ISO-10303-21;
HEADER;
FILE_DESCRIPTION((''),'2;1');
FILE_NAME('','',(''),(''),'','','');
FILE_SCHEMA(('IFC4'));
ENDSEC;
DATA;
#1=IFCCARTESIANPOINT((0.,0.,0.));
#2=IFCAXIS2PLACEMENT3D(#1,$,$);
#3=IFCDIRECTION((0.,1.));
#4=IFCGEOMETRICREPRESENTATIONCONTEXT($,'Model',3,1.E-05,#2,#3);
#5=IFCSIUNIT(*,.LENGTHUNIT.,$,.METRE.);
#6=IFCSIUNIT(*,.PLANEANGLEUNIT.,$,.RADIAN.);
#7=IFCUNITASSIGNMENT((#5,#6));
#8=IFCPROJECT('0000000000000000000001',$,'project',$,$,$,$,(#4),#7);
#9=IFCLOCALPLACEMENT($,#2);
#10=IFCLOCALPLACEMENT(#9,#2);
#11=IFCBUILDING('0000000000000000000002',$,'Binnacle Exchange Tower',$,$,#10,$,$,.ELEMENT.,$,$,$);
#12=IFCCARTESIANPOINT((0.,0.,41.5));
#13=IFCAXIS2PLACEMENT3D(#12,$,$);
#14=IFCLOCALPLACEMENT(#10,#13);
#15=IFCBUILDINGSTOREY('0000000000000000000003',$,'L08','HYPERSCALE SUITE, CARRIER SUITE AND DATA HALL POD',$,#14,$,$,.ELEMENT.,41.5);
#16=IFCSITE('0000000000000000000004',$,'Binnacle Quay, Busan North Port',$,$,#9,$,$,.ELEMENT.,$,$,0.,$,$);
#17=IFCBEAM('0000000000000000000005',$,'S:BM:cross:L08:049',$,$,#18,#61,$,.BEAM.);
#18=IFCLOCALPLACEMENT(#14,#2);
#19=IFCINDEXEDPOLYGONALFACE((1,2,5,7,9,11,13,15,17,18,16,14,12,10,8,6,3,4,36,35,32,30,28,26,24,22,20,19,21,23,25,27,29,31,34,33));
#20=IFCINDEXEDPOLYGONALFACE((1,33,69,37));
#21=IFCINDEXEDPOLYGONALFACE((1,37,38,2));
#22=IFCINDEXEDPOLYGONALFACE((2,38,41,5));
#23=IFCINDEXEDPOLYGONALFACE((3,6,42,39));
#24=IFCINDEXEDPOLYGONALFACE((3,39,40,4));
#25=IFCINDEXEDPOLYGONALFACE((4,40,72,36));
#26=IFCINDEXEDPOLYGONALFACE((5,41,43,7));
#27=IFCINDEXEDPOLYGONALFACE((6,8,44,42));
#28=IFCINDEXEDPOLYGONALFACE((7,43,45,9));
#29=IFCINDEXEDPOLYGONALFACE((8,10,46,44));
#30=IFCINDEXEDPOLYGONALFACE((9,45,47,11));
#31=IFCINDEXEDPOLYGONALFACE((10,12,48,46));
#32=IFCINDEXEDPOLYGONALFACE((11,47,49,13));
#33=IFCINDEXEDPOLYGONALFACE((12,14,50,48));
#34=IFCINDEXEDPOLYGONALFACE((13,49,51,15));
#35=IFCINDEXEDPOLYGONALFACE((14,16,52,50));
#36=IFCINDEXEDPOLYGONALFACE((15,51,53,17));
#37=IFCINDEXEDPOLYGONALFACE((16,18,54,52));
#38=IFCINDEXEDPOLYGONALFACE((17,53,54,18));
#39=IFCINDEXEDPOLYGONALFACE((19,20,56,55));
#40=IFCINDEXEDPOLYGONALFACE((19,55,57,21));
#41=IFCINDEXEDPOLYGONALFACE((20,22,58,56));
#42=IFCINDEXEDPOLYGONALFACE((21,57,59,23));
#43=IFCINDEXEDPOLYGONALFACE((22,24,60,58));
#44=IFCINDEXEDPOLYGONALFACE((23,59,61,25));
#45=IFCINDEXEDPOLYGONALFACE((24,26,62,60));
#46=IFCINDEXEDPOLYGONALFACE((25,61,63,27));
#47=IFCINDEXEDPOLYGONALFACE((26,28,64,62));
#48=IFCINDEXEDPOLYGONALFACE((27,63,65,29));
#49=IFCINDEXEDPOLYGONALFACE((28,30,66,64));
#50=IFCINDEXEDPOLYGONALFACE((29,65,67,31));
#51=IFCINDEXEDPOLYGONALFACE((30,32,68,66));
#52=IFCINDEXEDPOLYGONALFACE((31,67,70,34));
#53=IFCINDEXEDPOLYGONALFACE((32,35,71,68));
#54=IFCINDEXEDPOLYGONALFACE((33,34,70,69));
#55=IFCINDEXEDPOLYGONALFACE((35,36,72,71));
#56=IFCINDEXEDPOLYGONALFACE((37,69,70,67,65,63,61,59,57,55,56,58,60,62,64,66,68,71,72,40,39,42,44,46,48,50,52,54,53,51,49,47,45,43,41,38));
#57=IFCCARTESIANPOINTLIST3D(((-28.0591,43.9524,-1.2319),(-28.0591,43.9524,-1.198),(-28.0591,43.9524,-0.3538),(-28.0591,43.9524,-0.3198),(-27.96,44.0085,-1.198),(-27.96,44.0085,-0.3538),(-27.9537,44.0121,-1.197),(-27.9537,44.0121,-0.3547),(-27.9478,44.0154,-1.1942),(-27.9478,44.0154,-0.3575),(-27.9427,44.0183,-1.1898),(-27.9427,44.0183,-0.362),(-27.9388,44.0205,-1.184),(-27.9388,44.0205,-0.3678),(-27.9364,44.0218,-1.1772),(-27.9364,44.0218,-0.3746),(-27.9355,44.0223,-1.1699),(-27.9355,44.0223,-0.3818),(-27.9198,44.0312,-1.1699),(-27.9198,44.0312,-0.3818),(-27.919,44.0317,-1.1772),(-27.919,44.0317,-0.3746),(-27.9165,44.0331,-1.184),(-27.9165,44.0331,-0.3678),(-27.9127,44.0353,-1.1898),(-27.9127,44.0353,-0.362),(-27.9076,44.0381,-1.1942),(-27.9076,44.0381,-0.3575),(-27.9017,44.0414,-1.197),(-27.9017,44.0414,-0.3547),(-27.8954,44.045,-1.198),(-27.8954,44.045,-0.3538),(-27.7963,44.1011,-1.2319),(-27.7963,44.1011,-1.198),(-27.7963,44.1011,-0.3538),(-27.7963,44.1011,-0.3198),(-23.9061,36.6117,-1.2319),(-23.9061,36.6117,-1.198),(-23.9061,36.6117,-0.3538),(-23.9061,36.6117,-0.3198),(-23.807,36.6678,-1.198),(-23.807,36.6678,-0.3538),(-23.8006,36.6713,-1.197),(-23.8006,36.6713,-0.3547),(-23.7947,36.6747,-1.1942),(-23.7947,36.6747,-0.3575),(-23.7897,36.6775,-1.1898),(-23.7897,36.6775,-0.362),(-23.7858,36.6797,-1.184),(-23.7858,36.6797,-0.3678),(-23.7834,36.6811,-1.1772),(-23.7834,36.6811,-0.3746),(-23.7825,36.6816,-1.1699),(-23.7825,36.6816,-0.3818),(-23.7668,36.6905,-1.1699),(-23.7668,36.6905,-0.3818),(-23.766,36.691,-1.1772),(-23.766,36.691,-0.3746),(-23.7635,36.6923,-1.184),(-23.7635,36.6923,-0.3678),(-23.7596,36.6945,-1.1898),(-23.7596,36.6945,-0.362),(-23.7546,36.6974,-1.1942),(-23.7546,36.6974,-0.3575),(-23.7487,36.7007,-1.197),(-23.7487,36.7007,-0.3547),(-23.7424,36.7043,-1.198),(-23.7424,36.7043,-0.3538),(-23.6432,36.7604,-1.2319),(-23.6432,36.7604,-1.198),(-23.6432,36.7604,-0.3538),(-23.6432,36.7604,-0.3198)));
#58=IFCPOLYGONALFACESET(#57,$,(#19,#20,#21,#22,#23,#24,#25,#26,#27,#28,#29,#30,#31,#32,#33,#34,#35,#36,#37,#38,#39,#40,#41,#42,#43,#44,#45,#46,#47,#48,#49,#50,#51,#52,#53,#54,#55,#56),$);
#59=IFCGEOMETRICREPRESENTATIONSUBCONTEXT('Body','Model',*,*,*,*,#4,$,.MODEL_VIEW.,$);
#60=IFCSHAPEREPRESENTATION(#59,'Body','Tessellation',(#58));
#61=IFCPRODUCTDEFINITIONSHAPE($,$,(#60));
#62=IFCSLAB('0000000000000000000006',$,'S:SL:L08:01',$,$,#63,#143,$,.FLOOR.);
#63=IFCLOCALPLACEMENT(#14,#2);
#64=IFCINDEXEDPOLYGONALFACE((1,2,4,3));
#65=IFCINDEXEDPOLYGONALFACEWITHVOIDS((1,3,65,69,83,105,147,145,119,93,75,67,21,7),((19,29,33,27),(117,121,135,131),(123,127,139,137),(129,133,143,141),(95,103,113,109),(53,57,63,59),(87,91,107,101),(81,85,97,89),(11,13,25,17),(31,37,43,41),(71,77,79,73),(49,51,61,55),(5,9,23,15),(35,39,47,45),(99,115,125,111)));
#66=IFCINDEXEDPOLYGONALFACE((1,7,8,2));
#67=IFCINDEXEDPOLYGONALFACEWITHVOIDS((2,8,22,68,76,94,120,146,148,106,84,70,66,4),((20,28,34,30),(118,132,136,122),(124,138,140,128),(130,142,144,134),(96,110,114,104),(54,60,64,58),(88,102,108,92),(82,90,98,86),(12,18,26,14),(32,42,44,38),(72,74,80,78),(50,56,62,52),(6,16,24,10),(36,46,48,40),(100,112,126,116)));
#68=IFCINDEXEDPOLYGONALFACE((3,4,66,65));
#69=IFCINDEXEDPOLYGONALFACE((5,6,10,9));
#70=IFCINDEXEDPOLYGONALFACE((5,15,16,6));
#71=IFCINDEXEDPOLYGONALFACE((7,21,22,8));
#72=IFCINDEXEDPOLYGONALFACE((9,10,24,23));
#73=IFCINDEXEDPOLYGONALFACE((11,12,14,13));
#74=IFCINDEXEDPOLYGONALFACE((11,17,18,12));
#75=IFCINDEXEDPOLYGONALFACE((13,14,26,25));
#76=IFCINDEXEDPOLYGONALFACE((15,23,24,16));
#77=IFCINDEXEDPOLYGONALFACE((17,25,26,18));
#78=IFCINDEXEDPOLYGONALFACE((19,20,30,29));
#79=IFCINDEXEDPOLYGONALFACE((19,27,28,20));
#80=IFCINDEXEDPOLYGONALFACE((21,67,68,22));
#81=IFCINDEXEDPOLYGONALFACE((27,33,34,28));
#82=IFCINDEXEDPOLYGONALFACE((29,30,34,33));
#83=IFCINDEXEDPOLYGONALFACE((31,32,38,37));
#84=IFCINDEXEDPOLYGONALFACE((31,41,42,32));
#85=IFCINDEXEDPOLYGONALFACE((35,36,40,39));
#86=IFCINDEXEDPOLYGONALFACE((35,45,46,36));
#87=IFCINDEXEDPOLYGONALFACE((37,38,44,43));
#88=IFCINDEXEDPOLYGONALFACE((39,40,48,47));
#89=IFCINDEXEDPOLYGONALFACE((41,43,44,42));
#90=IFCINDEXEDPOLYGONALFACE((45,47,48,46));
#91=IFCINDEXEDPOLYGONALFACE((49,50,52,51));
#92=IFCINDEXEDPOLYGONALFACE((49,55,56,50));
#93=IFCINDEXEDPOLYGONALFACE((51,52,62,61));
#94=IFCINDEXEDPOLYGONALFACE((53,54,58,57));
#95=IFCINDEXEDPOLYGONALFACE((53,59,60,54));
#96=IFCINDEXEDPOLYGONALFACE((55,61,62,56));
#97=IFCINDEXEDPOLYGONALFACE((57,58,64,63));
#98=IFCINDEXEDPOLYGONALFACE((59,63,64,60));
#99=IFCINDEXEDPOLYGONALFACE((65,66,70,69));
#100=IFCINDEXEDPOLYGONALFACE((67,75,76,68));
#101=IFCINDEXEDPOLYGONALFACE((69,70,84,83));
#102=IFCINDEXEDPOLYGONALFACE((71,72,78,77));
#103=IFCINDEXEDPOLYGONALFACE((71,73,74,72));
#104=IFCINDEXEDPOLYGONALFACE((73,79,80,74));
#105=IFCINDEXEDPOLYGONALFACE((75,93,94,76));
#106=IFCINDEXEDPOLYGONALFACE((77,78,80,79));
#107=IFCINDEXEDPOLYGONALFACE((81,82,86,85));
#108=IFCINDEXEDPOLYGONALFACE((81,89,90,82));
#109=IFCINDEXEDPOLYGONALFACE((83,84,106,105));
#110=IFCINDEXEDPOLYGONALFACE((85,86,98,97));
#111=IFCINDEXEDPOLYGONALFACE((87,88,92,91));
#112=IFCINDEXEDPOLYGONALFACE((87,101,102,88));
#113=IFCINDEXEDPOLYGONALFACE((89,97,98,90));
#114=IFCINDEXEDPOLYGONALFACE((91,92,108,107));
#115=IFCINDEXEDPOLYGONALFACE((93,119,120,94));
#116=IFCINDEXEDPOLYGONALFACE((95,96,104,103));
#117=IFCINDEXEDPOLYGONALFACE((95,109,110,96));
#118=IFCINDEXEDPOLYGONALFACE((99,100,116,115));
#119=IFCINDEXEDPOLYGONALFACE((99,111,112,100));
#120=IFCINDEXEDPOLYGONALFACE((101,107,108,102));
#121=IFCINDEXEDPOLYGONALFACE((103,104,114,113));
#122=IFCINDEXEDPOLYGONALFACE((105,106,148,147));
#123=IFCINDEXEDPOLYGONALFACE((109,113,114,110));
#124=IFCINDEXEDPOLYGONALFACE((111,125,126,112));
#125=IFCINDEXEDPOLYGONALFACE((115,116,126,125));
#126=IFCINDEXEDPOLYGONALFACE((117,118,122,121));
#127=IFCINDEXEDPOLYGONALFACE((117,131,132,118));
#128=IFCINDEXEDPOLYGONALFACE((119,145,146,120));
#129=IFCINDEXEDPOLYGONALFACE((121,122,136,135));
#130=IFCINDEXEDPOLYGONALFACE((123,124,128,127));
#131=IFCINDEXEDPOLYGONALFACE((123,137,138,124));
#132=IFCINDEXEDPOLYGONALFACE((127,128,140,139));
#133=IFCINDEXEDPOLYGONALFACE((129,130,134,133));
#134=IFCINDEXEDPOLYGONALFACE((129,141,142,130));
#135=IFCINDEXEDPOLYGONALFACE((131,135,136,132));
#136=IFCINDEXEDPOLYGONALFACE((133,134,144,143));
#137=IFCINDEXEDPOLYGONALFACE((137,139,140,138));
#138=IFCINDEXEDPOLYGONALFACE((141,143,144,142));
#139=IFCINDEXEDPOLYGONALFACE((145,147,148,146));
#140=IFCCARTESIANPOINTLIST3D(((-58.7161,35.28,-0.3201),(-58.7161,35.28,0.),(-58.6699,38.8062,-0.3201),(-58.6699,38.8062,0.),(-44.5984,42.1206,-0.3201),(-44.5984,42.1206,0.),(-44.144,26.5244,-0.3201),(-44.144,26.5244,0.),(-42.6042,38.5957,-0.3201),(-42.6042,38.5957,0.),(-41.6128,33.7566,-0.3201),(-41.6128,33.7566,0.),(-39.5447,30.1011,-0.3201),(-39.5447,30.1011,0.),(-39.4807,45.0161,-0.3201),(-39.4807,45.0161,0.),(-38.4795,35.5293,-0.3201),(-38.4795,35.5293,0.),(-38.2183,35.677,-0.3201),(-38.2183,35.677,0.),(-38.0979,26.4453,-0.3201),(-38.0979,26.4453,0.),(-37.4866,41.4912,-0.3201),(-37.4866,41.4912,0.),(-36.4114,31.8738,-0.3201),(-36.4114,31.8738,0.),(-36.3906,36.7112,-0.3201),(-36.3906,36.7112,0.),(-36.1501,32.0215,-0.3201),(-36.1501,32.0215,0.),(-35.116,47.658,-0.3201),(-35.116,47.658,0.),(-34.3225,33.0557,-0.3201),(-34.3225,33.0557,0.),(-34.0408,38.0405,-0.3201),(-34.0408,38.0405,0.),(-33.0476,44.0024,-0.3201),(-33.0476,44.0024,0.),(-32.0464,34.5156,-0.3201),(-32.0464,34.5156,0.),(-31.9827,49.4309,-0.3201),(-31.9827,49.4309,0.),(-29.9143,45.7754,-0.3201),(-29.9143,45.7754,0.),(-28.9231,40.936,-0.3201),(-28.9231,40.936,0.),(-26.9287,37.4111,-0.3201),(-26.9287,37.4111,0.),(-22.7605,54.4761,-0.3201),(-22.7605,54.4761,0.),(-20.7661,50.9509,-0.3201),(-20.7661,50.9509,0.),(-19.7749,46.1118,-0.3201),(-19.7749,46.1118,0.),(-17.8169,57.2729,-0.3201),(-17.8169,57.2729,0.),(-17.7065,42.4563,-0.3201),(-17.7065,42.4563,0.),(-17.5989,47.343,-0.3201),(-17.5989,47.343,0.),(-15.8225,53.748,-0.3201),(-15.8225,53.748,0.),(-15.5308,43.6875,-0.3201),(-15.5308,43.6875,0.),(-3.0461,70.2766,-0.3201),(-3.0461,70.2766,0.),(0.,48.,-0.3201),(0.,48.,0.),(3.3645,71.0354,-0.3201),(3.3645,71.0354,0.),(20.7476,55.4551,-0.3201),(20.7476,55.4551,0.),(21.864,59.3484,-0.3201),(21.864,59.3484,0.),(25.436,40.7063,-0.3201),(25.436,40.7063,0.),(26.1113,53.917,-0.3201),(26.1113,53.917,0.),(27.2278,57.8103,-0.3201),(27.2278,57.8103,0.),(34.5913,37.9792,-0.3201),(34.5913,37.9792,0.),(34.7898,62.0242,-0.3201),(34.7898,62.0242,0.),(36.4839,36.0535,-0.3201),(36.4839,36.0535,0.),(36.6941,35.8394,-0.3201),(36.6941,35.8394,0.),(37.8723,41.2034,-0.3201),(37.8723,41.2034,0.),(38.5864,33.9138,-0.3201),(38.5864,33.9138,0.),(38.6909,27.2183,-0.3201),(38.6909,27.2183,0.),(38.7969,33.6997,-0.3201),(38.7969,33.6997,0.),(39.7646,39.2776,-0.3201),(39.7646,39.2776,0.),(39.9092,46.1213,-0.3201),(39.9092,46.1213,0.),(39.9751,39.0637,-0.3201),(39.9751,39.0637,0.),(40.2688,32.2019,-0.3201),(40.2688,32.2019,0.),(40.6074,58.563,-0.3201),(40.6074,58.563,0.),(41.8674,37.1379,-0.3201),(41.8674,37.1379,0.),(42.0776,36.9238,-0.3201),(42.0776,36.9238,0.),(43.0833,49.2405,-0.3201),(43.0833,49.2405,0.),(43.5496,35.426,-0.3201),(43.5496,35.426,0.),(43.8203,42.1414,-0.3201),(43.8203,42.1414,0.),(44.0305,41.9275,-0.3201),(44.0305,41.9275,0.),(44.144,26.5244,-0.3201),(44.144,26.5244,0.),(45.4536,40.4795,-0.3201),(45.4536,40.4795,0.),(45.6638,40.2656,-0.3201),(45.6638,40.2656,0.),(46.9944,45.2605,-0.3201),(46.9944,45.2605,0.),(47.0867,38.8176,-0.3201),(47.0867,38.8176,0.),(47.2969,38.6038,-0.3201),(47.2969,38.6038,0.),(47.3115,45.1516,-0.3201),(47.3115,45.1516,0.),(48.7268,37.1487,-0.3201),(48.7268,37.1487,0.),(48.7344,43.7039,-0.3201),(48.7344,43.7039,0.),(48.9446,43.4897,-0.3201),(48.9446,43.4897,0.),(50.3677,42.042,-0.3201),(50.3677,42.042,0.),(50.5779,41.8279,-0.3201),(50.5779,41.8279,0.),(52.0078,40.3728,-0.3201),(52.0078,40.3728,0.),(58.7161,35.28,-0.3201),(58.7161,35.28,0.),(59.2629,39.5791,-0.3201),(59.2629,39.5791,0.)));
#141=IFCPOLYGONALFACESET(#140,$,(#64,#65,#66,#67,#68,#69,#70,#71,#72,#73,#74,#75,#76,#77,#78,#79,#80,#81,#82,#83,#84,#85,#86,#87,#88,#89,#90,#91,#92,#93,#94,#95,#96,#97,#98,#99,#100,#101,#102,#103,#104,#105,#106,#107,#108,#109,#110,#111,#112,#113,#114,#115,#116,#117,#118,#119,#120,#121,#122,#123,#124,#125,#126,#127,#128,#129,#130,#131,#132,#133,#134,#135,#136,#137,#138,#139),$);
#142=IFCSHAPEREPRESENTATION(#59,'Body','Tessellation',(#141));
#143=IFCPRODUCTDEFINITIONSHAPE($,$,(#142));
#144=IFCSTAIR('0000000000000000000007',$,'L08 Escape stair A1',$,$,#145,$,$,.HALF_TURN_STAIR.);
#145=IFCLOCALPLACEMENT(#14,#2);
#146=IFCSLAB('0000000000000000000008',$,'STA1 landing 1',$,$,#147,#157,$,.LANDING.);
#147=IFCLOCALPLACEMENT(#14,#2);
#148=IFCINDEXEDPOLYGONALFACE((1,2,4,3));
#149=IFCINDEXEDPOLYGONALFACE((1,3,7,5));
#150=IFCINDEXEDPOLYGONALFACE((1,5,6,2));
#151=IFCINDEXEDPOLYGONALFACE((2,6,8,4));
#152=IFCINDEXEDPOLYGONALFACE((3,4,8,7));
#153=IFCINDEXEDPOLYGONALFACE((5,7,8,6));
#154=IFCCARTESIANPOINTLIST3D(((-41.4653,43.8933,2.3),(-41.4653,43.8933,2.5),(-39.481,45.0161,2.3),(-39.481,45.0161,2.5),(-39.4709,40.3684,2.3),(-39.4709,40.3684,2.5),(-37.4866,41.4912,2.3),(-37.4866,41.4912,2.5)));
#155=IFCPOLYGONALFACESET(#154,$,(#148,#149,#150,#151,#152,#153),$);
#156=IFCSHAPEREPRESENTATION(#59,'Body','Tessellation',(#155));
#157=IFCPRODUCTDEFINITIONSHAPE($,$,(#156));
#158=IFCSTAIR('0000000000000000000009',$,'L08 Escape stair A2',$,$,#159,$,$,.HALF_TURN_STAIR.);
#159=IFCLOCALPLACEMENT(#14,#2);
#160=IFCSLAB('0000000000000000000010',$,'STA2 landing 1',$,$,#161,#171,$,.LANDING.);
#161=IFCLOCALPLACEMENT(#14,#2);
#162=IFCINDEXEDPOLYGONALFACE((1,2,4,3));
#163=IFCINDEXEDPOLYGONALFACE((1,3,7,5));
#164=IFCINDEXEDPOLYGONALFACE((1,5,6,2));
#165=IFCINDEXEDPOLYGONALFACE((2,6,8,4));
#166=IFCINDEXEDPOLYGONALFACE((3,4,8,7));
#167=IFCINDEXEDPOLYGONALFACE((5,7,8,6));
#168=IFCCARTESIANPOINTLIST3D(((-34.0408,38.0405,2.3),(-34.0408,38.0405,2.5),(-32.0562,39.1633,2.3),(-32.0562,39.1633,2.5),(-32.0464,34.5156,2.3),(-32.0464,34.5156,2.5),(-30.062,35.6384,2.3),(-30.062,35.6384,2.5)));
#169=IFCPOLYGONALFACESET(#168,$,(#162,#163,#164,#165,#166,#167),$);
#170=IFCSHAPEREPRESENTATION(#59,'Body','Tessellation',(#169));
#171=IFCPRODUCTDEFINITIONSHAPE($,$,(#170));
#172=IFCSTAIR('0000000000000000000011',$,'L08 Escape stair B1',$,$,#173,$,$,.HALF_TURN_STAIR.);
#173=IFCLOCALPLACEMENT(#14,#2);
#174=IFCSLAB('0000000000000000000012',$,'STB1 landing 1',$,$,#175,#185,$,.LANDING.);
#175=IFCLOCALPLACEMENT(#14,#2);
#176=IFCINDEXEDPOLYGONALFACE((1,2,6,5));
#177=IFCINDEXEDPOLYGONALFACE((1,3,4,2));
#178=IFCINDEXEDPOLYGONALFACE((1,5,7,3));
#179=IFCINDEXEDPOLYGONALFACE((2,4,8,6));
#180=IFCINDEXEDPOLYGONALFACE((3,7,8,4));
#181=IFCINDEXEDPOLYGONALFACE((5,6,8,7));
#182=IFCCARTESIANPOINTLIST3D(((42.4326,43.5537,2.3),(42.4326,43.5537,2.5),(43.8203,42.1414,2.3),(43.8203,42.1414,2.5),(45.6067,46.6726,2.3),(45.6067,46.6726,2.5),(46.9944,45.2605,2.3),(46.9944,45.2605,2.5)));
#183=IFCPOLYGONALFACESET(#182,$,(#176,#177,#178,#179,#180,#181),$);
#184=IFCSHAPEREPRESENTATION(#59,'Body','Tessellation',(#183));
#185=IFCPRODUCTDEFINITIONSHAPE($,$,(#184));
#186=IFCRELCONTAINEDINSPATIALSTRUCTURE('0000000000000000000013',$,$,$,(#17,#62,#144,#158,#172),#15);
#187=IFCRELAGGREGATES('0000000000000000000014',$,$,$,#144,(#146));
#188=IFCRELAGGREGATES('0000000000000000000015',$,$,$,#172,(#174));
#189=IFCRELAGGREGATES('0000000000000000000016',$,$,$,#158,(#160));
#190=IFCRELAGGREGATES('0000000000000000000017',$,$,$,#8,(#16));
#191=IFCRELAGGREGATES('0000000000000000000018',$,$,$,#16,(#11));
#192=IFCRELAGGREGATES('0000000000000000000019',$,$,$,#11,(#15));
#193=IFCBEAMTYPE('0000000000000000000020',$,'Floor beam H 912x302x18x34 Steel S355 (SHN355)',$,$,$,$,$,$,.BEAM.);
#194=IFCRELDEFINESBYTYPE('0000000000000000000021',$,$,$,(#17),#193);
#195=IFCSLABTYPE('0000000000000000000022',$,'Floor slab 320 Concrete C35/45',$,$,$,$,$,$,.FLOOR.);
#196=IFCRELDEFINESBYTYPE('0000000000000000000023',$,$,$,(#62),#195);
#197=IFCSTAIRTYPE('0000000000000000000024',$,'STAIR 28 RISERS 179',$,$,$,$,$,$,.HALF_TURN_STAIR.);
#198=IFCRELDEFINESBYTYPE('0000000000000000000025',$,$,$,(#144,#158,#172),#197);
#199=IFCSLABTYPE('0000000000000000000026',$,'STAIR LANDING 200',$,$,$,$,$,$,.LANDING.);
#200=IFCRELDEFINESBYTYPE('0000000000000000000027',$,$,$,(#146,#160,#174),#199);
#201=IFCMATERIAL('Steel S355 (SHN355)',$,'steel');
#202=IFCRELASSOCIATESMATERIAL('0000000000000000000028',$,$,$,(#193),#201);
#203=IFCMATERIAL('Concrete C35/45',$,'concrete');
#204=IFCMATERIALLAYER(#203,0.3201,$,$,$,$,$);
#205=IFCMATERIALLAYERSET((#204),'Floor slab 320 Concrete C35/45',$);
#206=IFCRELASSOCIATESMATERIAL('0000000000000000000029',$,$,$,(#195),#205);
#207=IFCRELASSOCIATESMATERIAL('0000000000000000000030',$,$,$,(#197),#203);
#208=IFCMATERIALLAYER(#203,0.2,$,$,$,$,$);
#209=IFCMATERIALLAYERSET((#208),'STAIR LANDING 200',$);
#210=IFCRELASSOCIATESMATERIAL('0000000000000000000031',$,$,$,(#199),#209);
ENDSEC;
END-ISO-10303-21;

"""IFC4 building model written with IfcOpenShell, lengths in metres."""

from ifc_helpers import new_model, si_unit, direction, frame, origin, origin_2d, place, context, subcontext, project, spatial, polyline, i_section, outline, extrude, material, layer, layer_set, material_profile, profile_set, type_object, element, aggregate, save


model = new_model("IFC4")

# Units and contexts
model_context = context("Model", 3, precision=1e-05, world=origin(), true_north=direction((0.0, 1.0)))
body_context = subcontext(model_context, "Body", "Model", "MODEL_VIEW")
ifc_project = project(units=[si_unit("LENGTHUNIT", "METRE"), si_unit("PLANEANGLEUNIT", "RADIAN")], contexts=[model_context])

# Site, building, storey
site_placement = place(None, origin())
site = spatial("IfcSite", under=ifc_project, at=site_placement, Name="Binnacle Quay, Busan North Port", CompositionType="ELEMENT", RefElevation=0.0)
building_placement = place(site_placement, origin())
building = spatial("IfcBuilding", under=site, at=building_placement, Name="Binnacle Exchange Tower", CompositionType="ELEMENT")
storey_placement = place(building_placement, frame((0.0, 0.0, 41.5)))
storey = spatial("IfcBuildingStorey", under=building, at=storey_placement, Name="L08", Description="HYPERSCALE SUITE, CARRIER SUITE AND DATA HALL POD", CompositionType="ELEMENT", Elevation=41.5)

# Beam
ifc_material_1 = material(Name="Steel S355 (SHN355)", Category="steel")
ifc_material_profile_1 = material_profile(ifc_material_1, i_section(OverallWidth=0.302, OverallDepth=0.9121, WebThickness=0.0181, FlangeThickness=0.0339, FilletRadius=0.0281, at=origin_2d()), Name="H 912x302x18x34")
ifc_profile_set_1 = profile_set([ifc_material_profile_1], Name="Steel S355 (SHN355)")
beam_type_1 = type_object("IfcBeamType", Name="Floor beam H 912x302x18x34 Steel S355 (SHN355)", PredefinedType="BEAM", material=ifc_profile_set_1)
beam_1_placement = place(storey_placement, frame((-23.7747, 36.686, -0.7759), z_axis=(-0.492409, 0.870364, 0.0), x_axis=(-0.870364, -0.492409, 0.0)))
element("IfcBeam", 1, at=beam_1_placement, inside=storey, type_object=beam_type_1, Name="S:BM:cross:L08:049", PredefinedType="BEAM", context=body_context, shape_type="SweptSolid", body=[
    extrude(i_section(OverallWidth=0.302, OverallDepth=0.9121, WebThickness=0.0181, FlangeThickness=0.0339, FilletRadius=0.0281, at=origin_2d()), origin(), (0.0, 0.0, 1.0), 8.4341),
])

# Slab
ifc_material_2 = material(Name="Concrete C35/45", Category="concrete")
ifc_layer_1 = layer(ifc_material_2, 0.3201)
ifc_layer_set_1 = layer_set([ifc_layer_1], Name="Floor slab 320 Concrete C35/45")
slab_type_1 = type_object("IfcSlabType", Name="Floor slab 320 Concrete C35/45", PredefinedType="FLOOR", material=ifc_layer_set_1)
slab_1_placement = place(storey_placement, frame((0.0, 0.0, -0.3201)))
element("IfcSlab", 2, at=slab_1_placement, inside=storey, type_object=slab_type_1, Name="S:SL:L08:01", PredefinedType="FLOOR", context=body_context, shape_type="SweptSolid", body=[
    extrude(outline(polyline([(59.2629, 39.5791), (58.7161, 35.28), (44.144, 26.5244), (38.6909, 27.2183), (25.436, 40.7063), (0.0, 48.0), (-38.0979, 26.4453), (-44.144, 26.5244), (-58.7161, 35.28), (-58.6699, 38.8062), (-3.0461, 70.2766), (3.3645, 71.0354), (34.7898, 62.0242), (40.6074, 58.563), (59.2629, 39.5791)]), holes=[polyline([(-38.4795, 35.5293), (-41.6128, 33.7566), (-39.5447, 30.1011), (-36.4114, 31.8738), (-38.4795, 35.5293)]), polyline([(-34.3225, 33.0557), (-36.3906, 36.7112), (-38.2183, 35.677), (-36.1501, 32.0215), (-34.3225, 33.0557)]), polyline([(-34.0408, 38.0405), (-32.0464, 34.5156), (-26.9287, 37.4111), (-28.9231, 40.936), (-34.0408, 38.0405)]), polyline([(-37.4866, 41.4912), (-39.4807, 45.0161), (-44.5984, 42.1206), (-42.6042, 38.5957), (-37.4866, 41.4912)]), polyline([(-15.5308, 43.6875), (-17.5989, 47.343), (-19.7749, 46.1118), (-17.7065, 42.4563), (-15.5308, 43.6875)]), polyline([(-29.9143, 45.7754), (-31.9827, 49.4309), (-35.116, 47.658), (-33.0476, 44.0024), (-29.9143, 45.7754)]), polyline([(-15.8225, 53.748), (-17.8169, 57.2729), (-22.7605, 54.4761), (-20.7661, 50.9509), (-15.8225, 53.748)]), polyline([(26.1113, 53.917), (27.2278, 57.8103), (21.864, 59.3484), (20.7476, 55.4551), (26.1113, 53.917)]), polyline([(40.2688, 32.2019), (43.5496, 35.426), (42.0776, 36.9238), (38.7969, 33.6997), (40.2688, 32.2019)]), polyline([(38.5864, 33.9138), (41.8674, 37.1379), (39.9751, 39.0637), (36.6941, 35.8394), (38.5864, 33.9138)]), polyline([(36.4839, 36.0535), (39.7646, 39.2776), (37.8723, 41.2034), (34.5913, 37.9792), (36.4839, 36.0535)]), polyline([(48.7268, 37.1487), (52.0078, 40.3728), (50.5779, 41.8279), (47.2969, 38.6038), (48.7268, 37.1487)]), polyline([(47.0867, 38.8176), (50.3677, 42.042), (48.9446, 43.4897), (45.6638, 40.2656), (47.0867, 38.8176)]), polyline([(45.4536, 40.4795), (48.7344, 43.7039), (47.3115, 45.1516), (44.0305, 41.9275), (45.4536, 40.4795)]), polyline([(43.8203, 42.1414), (46.9944, 45.2605), (43.0833, 49.2405), (39.9092, 46.1213), (43.8203, 42.1414)])]), origin(), (0.0, 0.0, 1.0), 0.3201),
])

# Stairs, slabs
stair_type = type_object("IfcStairType", Name="STAIR 28 RISERS 179", PredefinedType="HALF_TURN_STAIR", material=ifc_material_2)
stair_1_placement = place(storey_placement, origin())
stair_1 = element("IfcStair", 3, at=stair_1_placement, inside=storey, type_object=stair_type, Name="L08 Escape stair A1", PredefinedType="HALF_TURN_STAIR")
ifc_layer_2 = layer(ifc_material_2, 0.2)
ifc_layer_set_2 = layer_set([ifc_layer_2], Name="STAIR LANDING 200")
slab_type_2 = type_object("IfcSlabType", Name="STAIR LANDING 200", PredefinedType="LANDING", material=ifc_layer_set_2)
slab_2_placement = place(storey_placement, frame((0.0, 0.0, 2.3)))
slab_2 = element("IfcSlab", 4, at=slab_2_placement, type_object=slab_type_2, Name="STA1 landing 1", PredefinedType="LANDING", context=body_context, shape_type="SweptSolid", body=[
    extrude(outline(polyline([(-39.4709, 40.3684), (-37.4866, 41.4912), (-39.481, 45.0161), (-41.4653, 43.8933), (-39.4709, 40.3684)])), origin(), (0.0, 0.0, 1.0), 0.2),
])
aggregate(stair_1, [slab_2])
stair_2_placement = place(storey_placement, origin())
stair_2 = element("IfcStair", 5, at=stair_2_placement, inside=storey, type_object=stair_type, Name="L08 Escape stair A2", PredefinedType="HALF_TURN_STAIR")
slab_3_placement = place(storey_placement, frame((0.0, 0.0, 2.3)))
slab_3 = element("IfcSlab", 6, at=slab_3_placement, type_object=slab_type_2, Name="STA2 landing 1", PredefinedType="LANDING", context=body_context, shape_type="SweptSolid", body=[
    extrude(outline(polyline([(-32.0562, 39.1633), (-34.0408, 38.0405), (-32.0464, 34.5156), (-30.062, 35.6384), (-32.0562, 39.1633)])), origin(), (0.0, 0.0, 1.0), 0.2),
])
stair_3_placement = place(storey_placement, origin())
stair_3 = element("IfcStair", 7, at=stair_3_placement, inside=storey, type_object=stair_type, Name="L08 Escape stair B1", PredefinedType="HALF_TURN_STAIR")
slab_4_placement = place(storey_placement, frame((0.0, 0.0, 2.3)))
slab_4 = element("IfcSlab", 8, at=slab_4_placement, type_object=slab_type_2, Name="STB1 landing 1", PredefinedType="LANDING", context=body_context, shape_type="SweptSolid", body=[
    extrude(outline(polyline([(42.4326, 43.5537), (43.8203, 42.1414), (46.9944, 45.2605), (45.6067, 46.6726), (42.4326, 43.5537)])), origin(), (0.0, 0.0, 1.0), 0.2),
])
aggregate(stair_3, [slab_4])

aggregate(stair_2, [slab_3])

save(model, "model.ifc")
